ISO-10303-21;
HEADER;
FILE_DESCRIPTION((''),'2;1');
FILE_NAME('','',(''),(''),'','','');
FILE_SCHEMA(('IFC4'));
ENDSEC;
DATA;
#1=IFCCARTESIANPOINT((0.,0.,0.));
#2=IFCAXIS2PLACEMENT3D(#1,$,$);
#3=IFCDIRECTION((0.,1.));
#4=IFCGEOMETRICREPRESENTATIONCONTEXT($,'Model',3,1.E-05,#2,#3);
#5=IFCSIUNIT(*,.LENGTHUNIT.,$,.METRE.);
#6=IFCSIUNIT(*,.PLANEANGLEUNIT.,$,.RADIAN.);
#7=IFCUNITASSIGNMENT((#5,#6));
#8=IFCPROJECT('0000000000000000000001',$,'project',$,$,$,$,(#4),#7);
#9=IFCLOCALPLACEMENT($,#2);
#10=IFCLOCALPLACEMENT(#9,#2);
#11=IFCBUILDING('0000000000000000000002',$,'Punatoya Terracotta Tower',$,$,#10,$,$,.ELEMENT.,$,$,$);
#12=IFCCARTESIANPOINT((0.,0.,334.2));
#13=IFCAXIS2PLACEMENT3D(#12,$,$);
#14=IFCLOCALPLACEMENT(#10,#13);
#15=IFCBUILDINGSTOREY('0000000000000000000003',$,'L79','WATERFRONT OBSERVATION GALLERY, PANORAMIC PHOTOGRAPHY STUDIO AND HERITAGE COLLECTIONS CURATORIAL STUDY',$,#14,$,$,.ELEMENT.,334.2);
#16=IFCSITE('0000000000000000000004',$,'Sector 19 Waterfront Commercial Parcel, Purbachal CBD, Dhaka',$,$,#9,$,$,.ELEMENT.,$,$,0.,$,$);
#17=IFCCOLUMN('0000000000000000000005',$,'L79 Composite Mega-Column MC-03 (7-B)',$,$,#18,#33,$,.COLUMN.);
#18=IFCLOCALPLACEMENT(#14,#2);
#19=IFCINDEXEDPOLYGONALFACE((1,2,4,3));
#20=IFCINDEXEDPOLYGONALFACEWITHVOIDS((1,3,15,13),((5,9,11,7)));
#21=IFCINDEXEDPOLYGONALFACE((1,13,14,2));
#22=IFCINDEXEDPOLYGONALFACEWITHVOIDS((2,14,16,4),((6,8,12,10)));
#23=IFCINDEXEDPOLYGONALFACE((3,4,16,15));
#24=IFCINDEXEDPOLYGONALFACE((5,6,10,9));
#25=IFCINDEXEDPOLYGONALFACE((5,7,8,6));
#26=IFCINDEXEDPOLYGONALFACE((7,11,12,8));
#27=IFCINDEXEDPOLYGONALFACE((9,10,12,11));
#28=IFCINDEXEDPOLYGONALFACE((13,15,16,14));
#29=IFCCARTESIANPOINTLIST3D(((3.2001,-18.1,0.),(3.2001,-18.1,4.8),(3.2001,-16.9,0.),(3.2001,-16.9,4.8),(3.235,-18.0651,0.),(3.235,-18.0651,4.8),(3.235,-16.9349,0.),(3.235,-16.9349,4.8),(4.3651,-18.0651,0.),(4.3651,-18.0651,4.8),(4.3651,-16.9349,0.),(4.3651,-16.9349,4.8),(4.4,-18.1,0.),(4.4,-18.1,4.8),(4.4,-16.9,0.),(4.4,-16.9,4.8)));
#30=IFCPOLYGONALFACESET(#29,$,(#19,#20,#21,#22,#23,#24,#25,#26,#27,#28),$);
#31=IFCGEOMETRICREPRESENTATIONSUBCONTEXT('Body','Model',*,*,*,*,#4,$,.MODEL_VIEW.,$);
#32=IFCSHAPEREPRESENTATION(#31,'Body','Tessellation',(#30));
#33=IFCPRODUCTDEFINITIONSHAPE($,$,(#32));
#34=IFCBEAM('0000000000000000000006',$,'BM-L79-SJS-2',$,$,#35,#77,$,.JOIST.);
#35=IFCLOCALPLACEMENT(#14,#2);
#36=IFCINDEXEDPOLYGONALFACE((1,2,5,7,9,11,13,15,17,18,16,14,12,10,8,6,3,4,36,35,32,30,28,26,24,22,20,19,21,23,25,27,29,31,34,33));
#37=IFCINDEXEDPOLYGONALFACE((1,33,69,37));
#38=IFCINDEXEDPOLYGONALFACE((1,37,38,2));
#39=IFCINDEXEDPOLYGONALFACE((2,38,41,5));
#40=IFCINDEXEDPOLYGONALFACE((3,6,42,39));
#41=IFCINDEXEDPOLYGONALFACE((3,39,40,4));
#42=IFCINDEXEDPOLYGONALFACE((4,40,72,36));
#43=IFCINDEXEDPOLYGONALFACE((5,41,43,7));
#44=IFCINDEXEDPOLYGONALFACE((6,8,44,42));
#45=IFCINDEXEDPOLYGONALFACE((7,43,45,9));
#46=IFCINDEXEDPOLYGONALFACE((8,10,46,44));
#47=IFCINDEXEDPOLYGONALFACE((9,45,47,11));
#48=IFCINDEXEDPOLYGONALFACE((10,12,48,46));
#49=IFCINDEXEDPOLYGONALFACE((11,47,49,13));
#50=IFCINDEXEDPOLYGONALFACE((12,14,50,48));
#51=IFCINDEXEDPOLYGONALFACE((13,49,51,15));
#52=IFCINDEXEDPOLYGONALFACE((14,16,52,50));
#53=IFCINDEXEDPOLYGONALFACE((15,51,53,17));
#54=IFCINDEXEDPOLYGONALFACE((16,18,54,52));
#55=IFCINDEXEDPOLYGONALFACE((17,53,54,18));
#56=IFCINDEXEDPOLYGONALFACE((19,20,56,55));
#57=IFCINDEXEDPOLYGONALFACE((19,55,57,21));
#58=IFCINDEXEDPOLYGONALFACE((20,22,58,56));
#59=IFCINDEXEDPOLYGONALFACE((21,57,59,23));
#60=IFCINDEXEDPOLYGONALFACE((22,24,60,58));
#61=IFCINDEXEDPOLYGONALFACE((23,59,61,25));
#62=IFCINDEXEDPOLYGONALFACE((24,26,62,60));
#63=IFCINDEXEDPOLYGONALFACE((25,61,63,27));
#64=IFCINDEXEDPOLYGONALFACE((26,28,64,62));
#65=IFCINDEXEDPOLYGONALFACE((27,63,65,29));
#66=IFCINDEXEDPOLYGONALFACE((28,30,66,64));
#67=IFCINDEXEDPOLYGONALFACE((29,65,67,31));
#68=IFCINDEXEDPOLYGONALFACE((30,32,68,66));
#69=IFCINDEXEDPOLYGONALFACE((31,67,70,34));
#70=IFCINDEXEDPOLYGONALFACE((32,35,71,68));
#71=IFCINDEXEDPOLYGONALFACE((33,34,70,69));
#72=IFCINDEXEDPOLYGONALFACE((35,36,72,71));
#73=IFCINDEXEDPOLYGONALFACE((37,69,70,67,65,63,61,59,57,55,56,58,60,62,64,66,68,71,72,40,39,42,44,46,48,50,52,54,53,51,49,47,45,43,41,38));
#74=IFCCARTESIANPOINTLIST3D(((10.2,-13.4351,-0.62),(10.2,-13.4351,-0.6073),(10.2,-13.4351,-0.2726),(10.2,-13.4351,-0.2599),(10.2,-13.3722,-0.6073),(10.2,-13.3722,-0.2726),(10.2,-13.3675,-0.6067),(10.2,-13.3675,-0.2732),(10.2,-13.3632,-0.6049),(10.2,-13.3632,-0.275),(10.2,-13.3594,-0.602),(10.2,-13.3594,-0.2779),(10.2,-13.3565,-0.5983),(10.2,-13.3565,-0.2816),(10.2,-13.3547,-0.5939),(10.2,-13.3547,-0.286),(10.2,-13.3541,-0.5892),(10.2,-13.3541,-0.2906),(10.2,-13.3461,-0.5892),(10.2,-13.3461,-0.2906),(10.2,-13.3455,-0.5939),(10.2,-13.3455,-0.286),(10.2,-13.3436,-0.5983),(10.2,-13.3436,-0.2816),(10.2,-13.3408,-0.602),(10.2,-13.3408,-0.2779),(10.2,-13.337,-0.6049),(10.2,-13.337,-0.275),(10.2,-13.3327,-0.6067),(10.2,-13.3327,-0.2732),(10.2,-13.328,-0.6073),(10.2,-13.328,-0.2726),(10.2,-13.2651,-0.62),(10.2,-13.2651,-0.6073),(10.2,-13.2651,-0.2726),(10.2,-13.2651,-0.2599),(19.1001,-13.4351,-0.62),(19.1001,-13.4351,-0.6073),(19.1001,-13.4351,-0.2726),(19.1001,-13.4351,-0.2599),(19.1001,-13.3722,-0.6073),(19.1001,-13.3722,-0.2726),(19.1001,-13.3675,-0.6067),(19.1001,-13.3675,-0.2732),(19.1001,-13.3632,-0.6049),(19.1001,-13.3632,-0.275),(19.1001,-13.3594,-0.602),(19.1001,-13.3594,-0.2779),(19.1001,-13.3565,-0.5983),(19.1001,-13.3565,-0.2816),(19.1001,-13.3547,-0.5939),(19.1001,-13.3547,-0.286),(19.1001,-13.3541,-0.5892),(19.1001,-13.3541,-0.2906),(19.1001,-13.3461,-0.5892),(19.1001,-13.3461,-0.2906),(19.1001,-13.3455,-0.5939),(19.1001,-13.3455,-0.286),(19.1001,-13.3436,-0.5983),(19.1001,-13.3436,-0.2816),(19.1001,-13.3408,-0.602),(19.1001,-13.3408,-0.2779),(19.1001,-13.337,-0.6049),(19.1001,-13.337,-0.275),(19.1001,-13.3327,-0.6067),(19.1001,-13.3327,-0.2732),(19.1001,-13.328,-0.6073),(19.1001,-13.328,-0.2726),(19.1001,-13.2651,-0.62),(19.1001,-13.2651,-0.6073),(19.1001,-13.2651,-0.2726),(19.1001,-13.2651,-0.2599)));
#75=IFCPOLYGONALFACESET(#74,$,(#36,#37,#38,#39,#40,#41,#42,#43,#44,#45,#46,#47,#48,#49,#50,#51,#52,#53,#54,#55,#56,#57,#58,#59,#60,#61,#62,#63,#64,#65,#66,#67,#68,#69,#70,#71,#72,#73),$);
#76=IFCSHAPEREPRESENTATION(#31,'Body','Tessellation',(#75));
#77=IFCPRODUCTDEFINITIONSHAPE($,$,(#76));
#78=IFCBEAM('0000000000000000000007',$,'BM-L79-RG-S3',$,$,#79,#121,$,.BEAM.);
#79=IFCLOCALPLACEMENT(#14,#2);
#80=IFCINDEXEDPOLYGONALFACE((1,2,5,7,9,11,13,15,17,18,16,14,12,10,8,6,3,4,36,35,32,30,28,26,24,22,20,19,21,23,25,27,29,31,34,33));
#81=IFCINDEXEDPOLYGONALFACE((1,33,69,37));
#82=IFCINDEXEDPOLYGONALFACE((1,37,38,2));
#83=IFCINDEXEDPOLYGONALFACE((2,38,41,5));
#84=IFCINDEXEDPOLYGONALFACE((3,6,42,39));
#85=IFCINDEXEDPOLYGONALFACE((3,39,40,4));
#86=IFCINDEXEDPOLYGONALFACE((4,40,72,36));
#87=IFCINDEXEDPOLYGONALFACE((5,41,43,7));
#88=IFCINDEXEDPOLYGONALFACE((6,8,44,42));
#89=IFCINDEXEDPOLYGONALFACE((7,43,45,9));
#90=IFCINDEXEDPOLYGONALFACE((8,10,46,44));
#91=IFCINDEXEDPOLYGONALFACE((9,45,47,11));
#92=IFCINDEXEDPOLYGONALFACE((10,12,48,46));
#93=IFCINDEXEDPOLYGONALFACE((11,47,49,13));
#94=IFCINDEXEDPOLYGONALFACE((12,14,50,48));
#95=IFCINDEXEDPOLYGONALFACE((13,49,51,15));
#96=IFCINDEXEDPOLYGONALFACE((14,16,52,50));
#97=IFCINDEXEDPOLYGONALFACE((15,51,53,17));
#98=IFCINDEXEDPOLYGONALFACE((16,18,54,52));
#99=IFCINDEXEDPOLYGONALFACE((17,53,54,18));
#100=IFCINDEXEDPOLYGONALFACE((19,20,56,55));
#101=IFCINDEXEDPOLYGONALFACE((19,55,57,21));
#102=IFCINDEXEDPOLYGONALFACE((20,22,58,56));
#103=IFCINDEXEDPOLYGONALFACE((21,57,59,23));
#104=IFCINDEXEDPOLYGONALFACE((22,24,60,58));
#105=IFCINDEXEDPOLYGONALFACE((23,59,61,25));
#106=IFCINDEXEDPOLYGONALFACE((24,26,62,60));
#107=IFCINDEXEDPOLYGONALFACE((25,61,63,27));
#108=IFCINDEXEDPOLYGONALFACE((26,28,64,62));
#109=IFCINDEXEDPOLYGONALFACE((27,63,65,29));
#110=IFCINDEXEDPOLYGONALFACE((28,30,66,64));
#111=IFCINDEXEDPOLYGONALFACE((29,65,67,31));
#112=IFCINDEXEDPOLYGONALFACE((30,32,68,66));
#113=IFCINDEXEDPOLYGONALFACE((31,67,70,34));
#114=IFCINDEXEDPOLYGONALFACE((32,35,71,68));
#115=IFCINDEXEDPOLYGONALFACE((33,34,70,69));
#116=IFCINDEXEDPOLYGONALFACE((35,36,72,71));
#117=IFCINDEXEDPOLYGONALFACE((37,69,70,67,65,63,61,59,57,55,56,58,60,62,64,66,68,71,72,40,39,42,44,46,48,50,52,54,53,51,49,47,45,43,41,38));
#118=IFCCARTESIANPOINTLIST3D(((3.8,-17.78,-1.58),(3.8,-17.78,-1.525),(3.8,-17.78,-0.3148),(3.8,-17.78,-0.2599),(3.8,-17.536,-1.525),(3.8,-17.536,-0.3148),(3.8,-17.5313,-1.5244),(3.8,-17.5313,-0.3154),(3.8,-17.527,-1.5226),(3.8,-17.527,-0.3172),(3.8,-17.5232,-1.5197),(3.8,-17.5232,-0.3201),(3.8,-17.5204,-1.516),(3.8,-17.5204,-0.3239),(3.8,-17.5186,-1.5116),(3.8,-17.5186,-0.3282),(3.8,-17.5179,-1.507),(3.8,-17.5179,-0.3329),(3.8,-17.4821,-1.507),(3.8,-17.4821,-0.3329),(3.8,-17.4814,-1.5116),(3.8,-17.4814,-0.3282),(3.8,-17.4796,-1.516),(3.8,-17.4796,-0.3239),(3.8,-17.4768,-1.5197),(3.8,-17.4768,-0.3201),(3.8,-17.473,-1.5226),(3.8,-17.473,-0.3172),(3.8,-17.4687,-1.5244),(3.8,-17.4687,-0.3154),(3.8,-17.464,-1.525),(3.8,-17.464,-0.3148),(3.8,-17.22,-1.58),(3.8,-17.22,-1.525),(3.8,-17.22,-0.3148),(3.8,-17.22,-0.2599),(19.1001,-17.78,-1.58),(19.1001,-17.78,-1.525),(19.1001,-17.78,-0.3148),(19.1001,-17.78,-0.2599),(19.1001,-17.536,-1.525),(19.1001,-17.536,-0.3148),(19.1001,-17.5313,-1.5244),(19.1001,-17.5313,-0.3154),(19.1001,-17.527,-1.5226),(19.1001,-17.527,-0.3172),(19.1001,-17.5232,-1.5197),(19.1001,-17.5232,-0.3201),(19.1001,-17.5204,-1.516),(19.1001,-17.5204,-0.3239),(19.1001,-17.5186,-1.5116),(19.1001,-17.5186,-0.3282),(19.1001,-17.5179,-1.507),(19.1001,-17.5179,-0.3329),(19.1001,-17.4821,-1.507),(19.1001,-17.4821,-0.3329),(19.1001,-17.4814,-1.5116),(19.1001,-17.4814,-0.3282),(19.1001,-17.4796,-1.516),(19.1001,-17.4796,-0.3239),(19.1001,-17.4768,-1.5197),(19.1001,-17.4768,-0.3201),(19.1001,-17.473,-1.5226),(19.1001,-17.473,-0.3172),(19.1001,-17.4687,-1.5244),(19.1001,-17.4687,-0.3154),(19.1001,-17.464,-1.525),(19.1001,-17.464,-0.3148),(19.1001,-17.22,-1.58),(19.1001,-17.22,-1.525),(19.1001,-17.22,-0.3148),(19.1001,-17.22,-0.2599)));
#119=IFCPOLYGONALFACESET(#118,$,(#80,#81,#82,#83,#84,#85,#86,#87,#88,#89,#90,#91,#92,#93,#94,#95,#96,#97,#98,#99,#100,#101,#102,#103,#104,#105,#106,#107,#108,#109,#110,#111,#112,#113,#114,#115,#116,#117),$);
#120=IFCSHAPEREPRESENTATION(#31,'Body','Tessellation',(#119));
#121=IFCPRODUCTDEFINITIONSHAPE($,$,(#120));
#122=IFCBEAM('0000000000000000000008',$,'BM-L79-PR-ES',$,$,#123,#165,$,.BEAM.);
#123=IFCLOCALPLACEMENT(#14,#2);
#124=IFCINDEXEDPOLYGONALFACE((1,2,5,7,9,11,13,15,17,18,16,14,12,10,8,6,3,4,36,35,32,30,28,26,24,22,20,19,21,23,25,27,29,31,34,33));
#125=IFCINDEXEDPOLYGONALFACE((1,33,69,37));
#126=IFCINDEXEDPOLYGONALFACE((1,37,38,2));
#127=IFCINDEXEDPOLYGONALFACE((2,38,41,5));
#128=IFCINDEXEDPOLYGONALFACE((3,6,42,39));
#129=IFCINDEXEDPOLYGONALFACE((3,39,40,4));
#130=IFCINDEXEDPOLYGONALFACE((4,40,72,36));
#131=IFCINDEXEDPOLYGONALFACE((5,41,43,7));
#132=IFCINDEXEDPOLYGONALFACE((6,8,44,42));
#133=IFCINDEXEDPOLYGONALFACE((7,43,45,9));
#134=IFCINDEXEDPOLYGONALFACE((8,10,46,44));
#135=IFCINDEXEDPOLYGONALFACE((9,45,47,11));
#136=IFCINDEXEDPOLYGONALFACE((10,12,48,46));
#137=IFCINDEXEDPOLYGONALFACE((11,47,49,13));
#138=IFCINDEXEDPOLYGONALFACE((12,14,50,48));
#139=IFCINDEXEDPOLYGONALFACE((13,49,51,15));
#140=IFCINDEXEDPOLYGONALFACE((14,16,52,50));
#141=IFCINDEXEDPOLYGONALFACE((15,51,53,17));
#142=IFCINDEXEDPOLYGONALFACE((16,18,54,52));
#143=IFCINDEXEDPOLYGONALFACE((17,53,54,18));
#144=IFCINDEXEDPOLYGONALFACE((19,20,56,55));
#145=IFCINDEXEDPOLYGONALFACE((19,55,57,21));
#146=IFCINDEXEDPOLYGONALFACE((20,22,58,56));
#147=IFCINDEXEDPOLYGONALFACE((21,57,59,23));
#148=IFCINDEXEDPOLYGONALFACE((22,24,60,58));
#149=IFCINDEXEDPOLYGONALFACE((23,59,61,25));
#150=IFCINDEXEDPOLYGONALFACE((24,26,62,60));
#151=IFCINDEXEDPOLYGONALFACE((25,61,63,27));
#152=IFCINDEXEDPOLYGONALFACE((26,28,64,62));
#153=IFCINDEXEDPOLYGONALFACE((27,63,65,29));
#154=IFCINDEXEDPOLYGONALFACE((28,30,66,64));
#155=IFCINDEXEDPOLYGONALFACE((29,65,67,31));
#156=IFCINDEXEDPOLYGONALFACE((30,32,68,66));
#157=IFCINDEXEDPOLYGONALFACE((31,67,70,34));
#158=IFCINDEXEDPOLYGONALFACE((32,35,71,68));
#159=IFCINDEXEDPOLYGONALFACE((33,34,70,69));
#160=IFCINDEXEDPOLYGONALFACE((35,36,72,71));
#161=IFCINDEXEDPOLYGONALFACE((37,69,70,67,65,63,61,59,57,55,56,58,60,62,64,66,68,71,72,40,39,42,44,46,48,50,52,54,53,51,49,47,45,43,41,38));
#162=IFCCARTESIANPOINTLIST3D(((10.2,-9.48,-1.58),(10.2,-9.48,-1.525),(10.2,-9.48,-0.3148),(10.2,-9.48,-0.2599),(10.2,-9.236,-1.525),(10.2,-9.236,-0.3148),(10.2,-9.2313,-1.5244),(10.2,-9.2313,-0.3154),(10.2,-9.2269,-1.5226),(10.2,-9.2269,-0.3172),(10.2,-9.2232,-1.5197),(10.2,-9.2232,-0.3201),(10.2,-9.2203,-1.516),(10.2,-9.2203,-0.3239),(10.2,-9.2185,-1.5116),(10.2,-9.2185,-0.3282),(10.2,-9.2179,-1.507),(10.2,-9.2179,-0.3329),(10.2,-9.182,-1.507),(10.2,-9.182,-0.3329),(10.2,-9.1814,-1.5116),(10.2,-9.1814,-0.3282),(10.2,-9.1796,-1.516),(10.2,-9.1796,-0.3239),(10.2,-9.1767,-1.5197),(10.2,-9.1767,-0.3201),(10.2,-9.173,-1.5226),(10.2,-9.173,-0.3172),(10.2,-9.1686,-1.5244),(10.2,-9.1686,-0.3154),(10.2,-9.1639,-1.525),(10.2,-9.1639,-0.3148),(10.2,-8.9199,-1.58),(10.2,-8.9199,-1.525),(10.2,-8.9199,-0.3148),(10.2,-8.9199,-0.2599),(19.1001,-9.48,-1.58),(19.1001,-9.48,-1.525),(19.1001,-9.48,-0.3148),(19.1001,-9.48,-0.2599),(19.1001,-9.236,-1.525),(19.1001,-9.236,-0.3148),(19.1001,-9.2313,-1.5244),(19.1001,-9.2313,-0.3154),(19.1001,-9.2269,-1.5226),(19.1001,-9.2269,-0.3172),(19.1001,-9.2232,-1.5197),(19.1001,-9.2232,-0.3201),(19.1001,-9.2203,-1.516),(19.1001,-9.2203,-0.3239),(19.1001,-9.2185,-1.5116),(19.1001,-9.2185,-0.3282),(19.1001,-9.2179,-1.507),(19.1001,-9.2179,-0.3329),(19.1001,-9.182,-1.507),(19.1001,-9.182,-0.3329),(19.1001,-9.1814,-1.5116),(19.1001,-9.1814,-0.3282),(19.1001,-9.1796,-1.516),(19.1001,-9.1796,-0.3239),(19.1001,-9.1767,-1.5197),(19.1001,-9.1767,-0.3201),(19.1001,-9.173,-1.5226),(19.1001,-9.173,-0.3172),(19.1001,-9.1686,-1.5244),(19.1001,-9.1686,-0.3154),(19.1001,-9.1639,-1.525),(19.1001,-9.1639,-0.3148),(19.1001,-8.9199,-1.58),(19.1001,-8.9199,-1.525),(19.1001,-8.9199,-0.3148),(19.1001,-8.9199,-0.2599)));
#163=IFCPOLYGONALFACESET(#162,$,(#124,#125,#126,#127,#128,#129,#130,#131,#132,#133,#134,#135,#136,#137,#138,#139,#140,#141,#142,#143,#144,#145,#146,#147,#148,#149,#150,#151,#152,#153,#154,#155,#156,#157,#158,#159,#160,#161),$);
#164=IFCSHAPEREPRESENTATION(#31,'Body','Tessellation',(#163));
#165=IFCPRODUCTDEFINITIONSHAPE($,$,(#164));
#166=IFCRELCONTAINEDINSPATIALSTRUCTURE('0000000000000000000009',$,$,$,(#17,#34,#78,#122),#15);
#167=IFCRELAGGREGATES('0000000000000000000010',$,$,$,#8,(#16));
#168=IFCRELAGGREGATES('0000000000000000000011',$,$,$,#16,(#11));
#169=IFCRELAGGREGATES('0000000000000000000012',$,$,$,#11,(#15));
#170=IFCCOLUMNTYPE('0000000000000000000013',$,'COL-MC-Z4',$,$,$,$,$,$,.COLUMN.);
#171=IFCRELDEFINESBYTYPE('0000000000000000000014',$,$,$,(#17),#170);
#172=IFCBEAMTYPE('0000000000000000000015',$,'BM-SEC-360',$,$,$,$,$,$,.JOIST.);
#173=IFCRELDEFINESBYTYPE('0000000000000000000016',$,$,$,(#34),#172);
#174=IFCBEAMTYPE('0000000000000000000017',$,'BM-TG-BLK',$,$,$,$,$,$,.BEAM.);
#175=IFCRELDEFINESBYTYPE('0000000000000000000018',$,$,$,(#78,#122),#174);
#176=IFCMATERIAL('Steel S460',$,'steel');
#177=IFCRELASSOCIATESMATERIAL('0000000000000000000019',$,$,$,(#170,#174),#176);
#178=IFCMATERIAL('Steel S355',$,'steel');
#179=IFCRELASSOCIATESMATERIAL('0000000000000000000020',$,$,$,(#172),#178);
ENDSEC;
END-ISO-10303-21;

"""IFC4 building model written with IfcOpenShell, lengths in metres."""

from ifc_helpers import new_model, si_unit, direction, frame, origin, origin_2d, place, context, subcontext, project, spatial, hollow_rectangle, i_section, extrude, material, material_profile, profile_set, type_object, element, save


model = new_model("IFC4")

# Units and contexts
model_context = context("Model", 3, precision=1e-05, world=origin(), true_north=direction((0.0, 1.0)))
body_context = subcontext(model_context, "Body", "Model", "MODEL_VIEW")
ifc_project = project(units=[si_unit("LENGTHUNIT", "METRE"), si_unit("PLANEANGLEUNIT", "RADIAN")], contexts=[model_context])

# Site, building, storey
site_placement = place(None, origin())
site = spatial("IfcSite", under=ifc_project, at=site_placement, Name="Sector 19 Waterfront Commercial Parcel, Purbachal CBD, Dhaka", CompositionType="ELEMENT", RefElevation=0.0)
building_placement = place(site_placement, origin())
building = spatial("IfcBuilding", under=site, at=building_placement, Name="Punatoya Terracotta Tower", CompositionType="ELEMENT")
storey_placement = place(building_placement, frame((0.0, 0.0, 334.2)))
storey = spatial("IfcBuildingStorey", under=building, at=storey_placement, Name="L79", Description="WATERFRONT OBSERVATION GALLERY, PANORAMIC PHOTOGRAPHY STUDIO AND HERITAGE COLLECTIONS CURATORIAL STUDY", CompositionType="ELEMENT", Elevation=334.2)

# Column
ifc_material_1 = material(Name="Steel S460", Category="steel")
ifc_material_profile_1 = material_profile(ifc_material_1, hollow_rectangle(XDim=1.2, YDim=1.2, WallThickness=0.0349, at=origin_2d()))
ifc_profile_set_1 = profile_set([ifc_material_profile_1], Name="Steel S460")
column_type = type_object("IfcColumnType", Name="COL-MC-Z4", PredefinedType="COLUMN", material=ifc_profile_set_1)
column_placement = place(storey_placement, frame((3.8, -17.5, 0.0), z_axis=(0.0, 0.0, 1.0), x_axis=(1.0, 0.0, 0.0)))
element("IfcColumn", 1, at=column_placement, inside=storey, type_object=column_type, Name="L79 Composite Mega-Column MC-03 (7-B)", PredefinedType="COLUMN", context=body_context, shape_type="SweptSolid", body=[
    extrude(hollow_rectangle(XDim=1.2, YDim=1.2, WallThickness=0.0349, at=origin_2d()), origin(), (0.0, 0.0, 1.0), 4.8),
])

# Beams
ifc_material_2 = material(Name="Steel S355", Category="steel")
ifc_material_profile_2 = material_profile(ifc_material_2, i_section(OverallWidth=0.1699, OverallDepth=0.3601, WebThickness=0.0081, FlangeThickness=0.0127, FilletRadius=0.0181, at=origin_2d()))
ifc_profile_set_2 = profile_set([ifc_material_profile_2], Name="Steel S355")
beam_type_1 = type_object("IfcBeamType", Name="BM-SEC-360", PredefinedType="JOIST", material=ifc_profile_set_2)
beam_1_placement = place(storey_placement, frame((10.2, -13.3501, -0.4399), z_axis=(1.0, 0.0, 0.0), x_axis=(0.0, 1.0, 0.0)))
element("IfcBeam", 2, at=beam_1_placement, inside=storey, type_object=beam_type_1, Name="BM-L79-SJS-2", PredefinedType="JOIST", context=body_context, shape_type="SweptSolid", body=[
    extrude(i_section(OverallWidth=0.1699, OverallDepth=0.3601, WebThickness=0.0081, FlangeThickness=0.0127, FilletRadius=0.0181, at=origin_2d()), origin(), (0.0, 0.0, 1.0), 8.9001),
])
ifc_material_profile_3 = material_profile(ifc_material_1, i_section(OverallWidth=0.5601, OverallDepth=1.3201, WebThickness=0.0359, FlangeThickness=0.0549, FilletRadius=0.0181, at=origin_2d()))
ifc_profile_set_3 = profile_set([ifc_material_profile_3], Name="Steel S460")
beam_type_2 = type_object("IfcBeamType", Name="BM-TG-BLK", PredefinedType="BEAM", material=ifc_profile_set_3)
beam_2_placement = place(storey_placement, frame((3.8, -17.5, -0.9199), z_axis=(1.0, 0.0, 0.0), x_axis=(0.0, 1.0, 0.0)))
element("IfcBeam", 3, at=beam_2_placement, inside=storey, type_object=beam_type_2, Name="BM-L79-RG-S3", PredefinedType="BEAM", context=body_context, shape_type="SweptSolid", body=[
    extrude(i_section(OverallWidth=0.5601, OverallDepth=1.3201, WebThickness=0.0359, FlangeThickness=0.0549, FilletRadius=0.0181, at=origin_2d()), origin(), (0.0, 0.0, 1.0), 15.3),
])
for number, where, z_axis, x_axis, name in (
    (4, (10.2, -9.2, -0.9199), (1.0, 0.0, 0.0), (0.0, 1.0, 0.0), "BM-L79-PR-ES"),
):
    element("IfcBeam", number, at=place(storey_placement, frame(where, z_axis=z_axis, x_axis=x_axis)), inside=storey, type_object=beam_type_2, Name=name, PredefinedType="BEAM", context=body_context, shape_type="SweptSolid", body=[
        extrude(i_section(OverallWidth=0.5601, OverallDepth=1.3201, WebThickness=0.0359, FlangeThickness=0.0549, FilletRadius=0.0181, at=origin_2d()), origin(), (0.0, 0.0, 1.0), 8.9001),
    ])

save(model, "model.ifc")
